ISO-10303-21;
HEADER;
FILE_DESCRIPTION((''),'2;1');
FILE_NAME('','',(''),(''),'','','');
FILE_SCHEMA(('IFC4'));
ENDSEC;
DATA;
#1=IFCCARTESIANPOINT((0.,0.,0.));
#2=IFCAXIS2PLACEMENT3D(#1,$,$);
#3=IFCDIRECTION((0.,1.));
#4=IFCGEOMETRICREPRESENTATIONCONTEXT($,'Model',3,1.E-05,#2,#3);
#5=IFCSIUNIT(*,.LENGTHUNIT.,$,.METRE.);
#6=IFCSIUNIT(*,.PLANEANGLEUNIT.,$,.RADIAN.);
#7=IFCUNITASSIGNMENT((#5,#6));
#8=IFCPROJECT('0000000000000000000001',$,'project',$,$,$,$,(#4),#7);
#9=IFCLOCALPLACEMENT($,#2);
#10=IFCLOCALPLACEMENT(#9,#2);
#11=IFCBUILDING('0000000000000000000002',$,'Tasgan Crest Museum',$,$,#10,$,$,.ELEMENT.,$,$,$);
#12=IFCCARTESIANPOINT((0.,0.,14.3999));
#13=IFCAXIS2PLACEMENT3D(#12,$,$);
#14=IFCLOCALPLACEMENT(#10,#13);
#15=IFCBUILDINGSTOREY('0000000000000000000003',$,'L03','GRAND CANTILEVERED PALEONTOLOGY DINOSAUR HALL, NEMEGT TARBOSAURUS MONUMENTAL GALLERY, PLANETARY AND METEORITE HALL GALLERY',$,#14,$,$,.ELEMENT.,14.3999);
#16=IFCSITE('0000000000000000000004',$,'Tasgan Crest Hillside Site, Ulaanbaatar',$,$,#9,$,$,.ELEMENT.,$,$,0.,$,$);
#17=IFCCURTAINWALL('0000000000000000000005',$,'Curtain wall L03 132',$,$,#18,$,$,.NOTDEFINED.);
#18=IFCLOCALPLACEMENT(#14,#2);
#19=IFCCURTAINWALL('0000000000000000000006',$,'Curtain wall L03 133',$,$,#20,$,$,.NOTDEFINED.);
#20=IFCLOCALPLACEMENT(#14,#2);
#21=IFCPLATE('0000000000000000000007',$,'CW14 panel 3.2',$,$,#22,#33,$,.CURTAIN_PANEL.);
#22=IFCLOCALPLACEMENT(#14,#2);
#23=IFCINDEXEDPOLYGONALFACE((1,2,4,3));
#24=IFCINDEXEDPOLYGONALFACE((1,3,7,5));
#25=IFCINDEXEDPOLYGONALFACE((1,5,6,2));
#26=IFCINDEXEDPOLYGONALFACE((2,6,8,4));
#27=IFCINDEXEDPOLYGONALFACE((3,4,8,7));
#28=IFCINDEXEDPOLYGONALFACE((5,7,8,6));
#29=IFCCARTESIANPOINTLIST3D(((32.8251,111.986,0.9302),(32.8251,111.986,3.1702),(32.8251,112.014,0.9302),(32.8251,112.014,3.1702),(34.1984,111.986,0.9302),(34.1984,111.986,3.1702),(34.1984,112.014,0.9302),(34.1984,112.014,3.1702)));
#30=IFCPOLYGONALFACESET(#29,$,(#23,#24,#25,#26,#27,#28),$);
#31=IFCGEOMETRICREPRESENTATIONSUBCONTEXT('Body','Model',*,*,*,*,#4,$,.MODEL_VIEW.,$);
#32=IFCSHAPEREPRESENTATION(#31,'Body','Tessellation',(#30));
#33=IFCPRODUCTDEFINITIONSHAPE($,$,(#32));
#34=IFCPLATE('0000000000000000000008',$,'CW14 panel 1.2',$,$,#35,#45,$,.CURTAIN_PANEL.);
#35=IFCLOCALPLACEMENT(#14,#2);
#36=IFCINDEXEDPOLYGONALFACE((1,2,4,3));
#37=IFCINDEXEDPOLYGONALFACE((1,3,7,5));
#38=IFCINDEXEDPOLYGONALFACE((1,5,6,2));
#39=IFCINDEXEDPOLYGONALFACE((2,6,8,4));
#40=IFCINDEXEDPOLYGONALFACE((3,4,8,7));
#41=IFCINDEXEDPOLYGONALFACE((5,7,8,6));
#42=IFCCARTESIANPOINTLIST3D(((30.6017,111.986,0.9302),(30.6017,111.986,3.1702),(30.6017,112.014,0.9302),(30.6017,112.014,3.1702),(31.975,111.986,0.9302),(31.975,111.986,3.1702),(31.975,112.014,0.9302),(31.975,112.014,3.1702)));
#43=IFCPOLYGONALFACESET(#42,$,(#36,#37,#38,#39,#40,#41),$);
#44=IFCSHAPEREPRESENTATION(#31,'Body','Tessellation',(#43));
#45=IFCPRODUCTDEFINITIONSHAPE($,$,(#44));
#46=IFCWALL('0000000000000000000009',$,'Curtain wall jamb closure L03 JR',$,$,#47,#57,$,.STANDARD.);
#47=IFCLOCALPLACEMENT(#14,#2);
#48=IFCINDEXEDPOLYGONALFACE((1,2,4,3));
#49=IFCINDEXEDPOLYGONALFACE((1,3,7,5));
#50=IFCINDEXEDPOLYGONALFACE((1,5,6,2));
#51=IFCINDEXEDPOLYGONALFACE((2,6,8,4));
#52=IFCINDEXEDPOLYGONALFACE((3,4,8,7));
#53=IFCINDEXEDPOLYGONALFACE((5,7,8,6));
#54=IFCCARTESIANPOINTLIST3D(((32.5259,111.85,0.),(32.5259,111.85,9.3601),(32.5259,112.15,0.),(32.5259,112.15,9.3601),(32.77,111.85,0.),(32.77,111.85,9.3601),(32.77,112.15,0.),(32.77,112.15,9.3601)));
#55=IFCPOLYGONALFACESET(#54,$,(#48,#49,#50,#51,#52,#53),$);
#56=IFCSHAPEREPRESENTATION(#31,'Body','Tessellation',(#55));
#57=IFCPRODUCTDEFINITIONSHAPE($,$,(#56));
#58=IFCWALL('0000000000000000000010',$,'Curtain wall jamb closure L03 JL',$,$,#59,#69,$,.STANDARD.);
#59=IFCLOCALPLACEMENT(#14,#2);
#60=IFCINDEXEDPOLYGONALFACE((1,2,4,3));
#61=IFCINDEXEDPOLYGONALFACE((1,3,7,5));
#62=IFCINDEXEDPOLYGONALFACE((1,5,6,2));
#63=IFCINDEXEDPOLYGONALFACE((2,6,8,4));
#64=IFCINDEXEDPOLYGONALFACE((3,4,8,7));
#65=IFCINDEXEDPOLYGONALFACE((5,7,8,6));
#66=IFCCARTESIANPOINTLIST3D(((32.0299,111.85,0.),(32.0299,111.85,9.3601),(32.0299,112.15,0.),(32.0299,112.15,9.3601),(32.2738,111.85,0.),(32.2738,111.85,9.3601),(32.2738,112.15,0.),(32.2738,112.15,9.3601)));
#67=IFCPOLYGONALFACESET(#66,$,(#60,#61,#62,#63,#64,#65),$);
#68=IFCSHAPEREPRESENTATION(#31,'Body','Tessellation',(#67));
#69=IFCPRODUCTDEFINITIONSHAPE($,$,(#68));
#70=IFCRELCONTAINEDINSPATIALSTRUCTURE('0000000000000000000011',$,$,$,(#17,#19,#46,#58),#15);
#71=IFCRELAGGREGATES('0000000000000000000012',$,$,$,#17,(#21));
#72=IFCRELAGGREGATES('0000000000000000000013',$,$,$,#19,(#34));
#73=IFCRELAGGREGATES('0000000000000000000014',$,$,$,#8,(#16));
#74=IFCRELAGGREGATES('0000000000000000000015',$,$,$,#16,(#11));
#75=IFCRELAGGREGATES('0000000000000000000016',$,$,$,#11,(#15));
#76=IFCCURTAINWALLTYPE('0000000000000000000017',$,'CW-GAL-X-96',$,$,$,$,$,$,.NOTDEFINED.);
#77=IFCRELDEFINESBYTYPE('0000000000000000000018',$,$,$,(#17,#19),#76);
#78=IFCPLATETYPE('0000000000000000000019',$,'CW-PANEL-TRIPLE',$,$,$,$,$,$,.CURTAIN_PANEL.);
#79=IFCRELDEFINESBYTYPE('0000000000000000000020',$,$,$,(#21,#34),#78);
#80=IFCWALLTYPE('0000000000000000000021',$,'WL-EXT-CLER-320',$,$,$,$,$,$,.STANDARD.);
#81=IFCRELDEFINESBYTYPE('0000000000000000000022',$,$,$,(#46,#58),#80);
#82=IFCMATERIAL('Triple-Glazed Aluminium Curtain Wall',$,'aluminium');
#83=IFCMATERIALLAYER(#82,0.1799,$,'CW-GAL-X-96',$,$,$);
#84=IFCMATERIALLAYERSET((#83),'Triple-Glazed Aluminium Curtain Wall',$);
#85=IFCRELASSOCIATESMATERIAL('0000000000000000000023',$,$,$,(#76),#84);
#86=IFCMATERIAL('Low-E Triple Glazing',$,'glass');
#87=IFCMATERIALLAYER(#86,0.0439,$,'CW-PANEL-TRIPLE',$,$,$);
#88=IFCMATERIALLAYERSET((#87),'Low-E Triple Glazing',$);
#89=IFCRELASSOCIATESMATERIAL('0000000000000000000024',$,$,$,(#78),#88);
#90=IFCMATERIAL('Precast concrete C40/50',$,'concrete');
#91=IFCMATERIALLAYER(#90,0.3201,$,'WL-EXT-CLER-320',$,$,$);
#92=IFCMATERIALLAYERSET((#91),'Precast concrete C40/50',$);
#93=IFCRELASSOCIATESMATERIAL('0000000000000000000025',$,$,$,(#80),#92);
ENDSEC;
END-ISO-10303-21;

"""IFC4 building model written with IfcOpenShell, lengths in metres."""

from ifc_helpers import new_model, si_unit, direction, frame, frame_2d, origin, origin_2d, place, context, subcontext, project, spatial, rectangle, extrude, material, layer, layer_set, type_object, element, aggregate, save


model = new_model("IFC4")

# Units and contexts
model_context = context("Model", 3, precision=1e-05, world=origin(), true_north=direction((0.0, 1.0)))
body_context = subcontext(model_context, "Body", "Model", "MODEL_VIEW")
ifc_project = project(units=[si_unit("LENGTHUNIT", "METRE"), si_unit("PLANEANGLEUNIT", "RADIAN")], contexts=[model_context])

# Site, building, storey
site_placement = place(None, origin())
site = spatial("IfcSite", under=ifc_project, at=site_placement, Name="Tasgan Crest Hillside Site, Ulaanbaatar", CompositionType="ELEMENT", RefElevation=0.0)
building_placement = place(site_placement, origin())
building = spatial("IfcBuilding", under=site, at=building_placement, Name="Tasgan Crest Museum", CompositionType="ELEMENT")
storey_placement = place(building_placement, frame((0.0, 0.0, 14.3999)))
storey = spatial("IfcBuildingStorey", under=building, at=storey_placement, Name="L03", Description="GRAND CANTILEVERED PALEONTOLOGY DINOSAUR HALL, NEMEGT TARBOSAURUS MONUMENTAL GALLERY, PLANETARY AND METEORITE HALL GALLERY", CompositionType="ELEMENT", Elevation=14.3999)

# Curtain walls
ifc_material_1 = material(Name="Triple-Glazed Aluminium Curtain Wall", Category="aluminium")
ifc_layer_1 = layer(ifc_material_1, 0.1799, Name="CW-GAL-X-96")
ifc_layer_set_1 = layer_set([ifc_layer_1], Name="Triple-Glazed Aluminium Curtain Wall")
curtain_wall_type = type_object("IfcCurtainWallType", Name="CW-GAL-X-96", PredefinedType="NOTDEFINED", material=ifc_layer_set_1)
curtain_wall_1_placement = place(storey_placement, origin())
curtain_wall_1 = element("IfcCurtainWall", 1, at=curtain_wall_1_placement, inside=storey, type_object=curtain_wall_type, Name="Curtain wall L03 132", PredefinedType="NOTDEFINED")
curtain_wall_2_placement = place(storey_placement, origin())
curtain_wall_2 = element("IfcCurtainWall", 2, at=curtain_wall_2_placement, inside=storey, type_object=curtain_wall_type, Name="Curtain wall L03 133", PredefinedType="NOTDEFINED")

# Plates
ifc_material_2 = material(Name="Low-E Triple Glazing", Category="glass")
ifc_layer_2 = layer(ifc_material_2, 0.0439, Name="CW-PANEL-TRIPLE")
ifc_layer_set_2 = layer_set([ifc_layer_2], Name="Low-E Triple Glazing")
plate_type_1 = type_object("IfcPlateType", Name="CW-PANEL-TRIPLE", PredefinedType="CURTAIN_PANEL", material=ifc_layer_set_2)
plate_1_placement = place(storey_placement, frame((33.5117, 112.0, 0.9302), z_axis=(0.0, 0.0, 1.0), x_axis=(-1.0, 0.0, 0.0)))
plate_1 = element("IfcPlate", 3, at=plate_1_placement, type_object=plate_type_1, Name="CW14 panel 3.2", PredefinedType="CURTAIN_PANEL", context=body_context, shape_type="SweptSolid", body=[
    extrude(rectangle(XDim=1.3733, YDim=0.0281, at=origin_2d()), origin(), (0.0, 0.0, 1.0), 2.24),
])
aggregate(curtain_wall_1, [plate_1])
plate_2_placement = place(storey_placement, frame((31.2883, 112.0, 0.9302), z_axis=(0.0, 0.0, 1.0), x_axis=(-1.0, 0.0, 0.0)))
plate_2 = element("IfcPlate", 4, at=plate_2_placement, type_object=plate_type_1, Name="CW14 panel 1.2", PredefinedType="CURTAIN_PANEL", context=body_context, shape_type="SweptSolid", body=[
    extrude(rectangle(XDim=1.3733, YDim=0.0281, at=origin_2d()), origin(), (0.0, 0.0, 1.0), 2.24),
])
aggregate(curtain_wall_2, [plate_2])

# Walls
ifc_material_3 = material(Name="Precast concrete C40/50", Category="concrete")
ifc_layer_3 = layer(ifc_material_3, 0.3201, Name="WL-EXT-CLER-320")
ifc_layer_set_3 = layer_set([ifc_layer_3], Name="Precast concrete C40/50")
wall_type = type_object("IfcWallType", Name="WL-EXT-CLER-320", PredefinedType="STANDARD", material=ifc_layer_set_3)
wall_1_placement = place(storey_placement, frame((32.77, 112.0, 0.0), z_axis=(0.0, 0.0, 1.0), x_axis=(-1.0, 0.0, 0.0)))
element("IfcWall", 5, at=wall_1_placement, inside=storey, type_object=wall_type, Name="Curtain wall jamb closure L03 JR", PredefinedType="STANDARD", context=body_context, shape_type="SweptSolid", body=[
    extrude(rectangle(XDim=0.2441, YDim=0.3, at=frame_2d((0.1221, 0.0))), origin(), (0.0, 0.0, 1.0), 9.3601),
])
wall_2_placement = place(storey_placement, frame((32.2739, 112.0, 0.0), z_axis=(0.0, 0.0, 1.0), x_axis=(-1.0, 0.0, 0.0)))
element("IfcWall", 6, at=wall_2_placement, inside=storey, type_object=wall_type, Name="Curtain wall jamb closure L03 JL", PredefinedType="STANDARD", context=body_context, shape_type="SweptSolid", body=[
    extrude(rectangle(XDim=0.2439, YDim=0.3, at=frame_2d((0.1221, 0.0))), origin(), (0.0, 0.0, 1.0), 9.3601),
])

save(model, "model.ifc")
